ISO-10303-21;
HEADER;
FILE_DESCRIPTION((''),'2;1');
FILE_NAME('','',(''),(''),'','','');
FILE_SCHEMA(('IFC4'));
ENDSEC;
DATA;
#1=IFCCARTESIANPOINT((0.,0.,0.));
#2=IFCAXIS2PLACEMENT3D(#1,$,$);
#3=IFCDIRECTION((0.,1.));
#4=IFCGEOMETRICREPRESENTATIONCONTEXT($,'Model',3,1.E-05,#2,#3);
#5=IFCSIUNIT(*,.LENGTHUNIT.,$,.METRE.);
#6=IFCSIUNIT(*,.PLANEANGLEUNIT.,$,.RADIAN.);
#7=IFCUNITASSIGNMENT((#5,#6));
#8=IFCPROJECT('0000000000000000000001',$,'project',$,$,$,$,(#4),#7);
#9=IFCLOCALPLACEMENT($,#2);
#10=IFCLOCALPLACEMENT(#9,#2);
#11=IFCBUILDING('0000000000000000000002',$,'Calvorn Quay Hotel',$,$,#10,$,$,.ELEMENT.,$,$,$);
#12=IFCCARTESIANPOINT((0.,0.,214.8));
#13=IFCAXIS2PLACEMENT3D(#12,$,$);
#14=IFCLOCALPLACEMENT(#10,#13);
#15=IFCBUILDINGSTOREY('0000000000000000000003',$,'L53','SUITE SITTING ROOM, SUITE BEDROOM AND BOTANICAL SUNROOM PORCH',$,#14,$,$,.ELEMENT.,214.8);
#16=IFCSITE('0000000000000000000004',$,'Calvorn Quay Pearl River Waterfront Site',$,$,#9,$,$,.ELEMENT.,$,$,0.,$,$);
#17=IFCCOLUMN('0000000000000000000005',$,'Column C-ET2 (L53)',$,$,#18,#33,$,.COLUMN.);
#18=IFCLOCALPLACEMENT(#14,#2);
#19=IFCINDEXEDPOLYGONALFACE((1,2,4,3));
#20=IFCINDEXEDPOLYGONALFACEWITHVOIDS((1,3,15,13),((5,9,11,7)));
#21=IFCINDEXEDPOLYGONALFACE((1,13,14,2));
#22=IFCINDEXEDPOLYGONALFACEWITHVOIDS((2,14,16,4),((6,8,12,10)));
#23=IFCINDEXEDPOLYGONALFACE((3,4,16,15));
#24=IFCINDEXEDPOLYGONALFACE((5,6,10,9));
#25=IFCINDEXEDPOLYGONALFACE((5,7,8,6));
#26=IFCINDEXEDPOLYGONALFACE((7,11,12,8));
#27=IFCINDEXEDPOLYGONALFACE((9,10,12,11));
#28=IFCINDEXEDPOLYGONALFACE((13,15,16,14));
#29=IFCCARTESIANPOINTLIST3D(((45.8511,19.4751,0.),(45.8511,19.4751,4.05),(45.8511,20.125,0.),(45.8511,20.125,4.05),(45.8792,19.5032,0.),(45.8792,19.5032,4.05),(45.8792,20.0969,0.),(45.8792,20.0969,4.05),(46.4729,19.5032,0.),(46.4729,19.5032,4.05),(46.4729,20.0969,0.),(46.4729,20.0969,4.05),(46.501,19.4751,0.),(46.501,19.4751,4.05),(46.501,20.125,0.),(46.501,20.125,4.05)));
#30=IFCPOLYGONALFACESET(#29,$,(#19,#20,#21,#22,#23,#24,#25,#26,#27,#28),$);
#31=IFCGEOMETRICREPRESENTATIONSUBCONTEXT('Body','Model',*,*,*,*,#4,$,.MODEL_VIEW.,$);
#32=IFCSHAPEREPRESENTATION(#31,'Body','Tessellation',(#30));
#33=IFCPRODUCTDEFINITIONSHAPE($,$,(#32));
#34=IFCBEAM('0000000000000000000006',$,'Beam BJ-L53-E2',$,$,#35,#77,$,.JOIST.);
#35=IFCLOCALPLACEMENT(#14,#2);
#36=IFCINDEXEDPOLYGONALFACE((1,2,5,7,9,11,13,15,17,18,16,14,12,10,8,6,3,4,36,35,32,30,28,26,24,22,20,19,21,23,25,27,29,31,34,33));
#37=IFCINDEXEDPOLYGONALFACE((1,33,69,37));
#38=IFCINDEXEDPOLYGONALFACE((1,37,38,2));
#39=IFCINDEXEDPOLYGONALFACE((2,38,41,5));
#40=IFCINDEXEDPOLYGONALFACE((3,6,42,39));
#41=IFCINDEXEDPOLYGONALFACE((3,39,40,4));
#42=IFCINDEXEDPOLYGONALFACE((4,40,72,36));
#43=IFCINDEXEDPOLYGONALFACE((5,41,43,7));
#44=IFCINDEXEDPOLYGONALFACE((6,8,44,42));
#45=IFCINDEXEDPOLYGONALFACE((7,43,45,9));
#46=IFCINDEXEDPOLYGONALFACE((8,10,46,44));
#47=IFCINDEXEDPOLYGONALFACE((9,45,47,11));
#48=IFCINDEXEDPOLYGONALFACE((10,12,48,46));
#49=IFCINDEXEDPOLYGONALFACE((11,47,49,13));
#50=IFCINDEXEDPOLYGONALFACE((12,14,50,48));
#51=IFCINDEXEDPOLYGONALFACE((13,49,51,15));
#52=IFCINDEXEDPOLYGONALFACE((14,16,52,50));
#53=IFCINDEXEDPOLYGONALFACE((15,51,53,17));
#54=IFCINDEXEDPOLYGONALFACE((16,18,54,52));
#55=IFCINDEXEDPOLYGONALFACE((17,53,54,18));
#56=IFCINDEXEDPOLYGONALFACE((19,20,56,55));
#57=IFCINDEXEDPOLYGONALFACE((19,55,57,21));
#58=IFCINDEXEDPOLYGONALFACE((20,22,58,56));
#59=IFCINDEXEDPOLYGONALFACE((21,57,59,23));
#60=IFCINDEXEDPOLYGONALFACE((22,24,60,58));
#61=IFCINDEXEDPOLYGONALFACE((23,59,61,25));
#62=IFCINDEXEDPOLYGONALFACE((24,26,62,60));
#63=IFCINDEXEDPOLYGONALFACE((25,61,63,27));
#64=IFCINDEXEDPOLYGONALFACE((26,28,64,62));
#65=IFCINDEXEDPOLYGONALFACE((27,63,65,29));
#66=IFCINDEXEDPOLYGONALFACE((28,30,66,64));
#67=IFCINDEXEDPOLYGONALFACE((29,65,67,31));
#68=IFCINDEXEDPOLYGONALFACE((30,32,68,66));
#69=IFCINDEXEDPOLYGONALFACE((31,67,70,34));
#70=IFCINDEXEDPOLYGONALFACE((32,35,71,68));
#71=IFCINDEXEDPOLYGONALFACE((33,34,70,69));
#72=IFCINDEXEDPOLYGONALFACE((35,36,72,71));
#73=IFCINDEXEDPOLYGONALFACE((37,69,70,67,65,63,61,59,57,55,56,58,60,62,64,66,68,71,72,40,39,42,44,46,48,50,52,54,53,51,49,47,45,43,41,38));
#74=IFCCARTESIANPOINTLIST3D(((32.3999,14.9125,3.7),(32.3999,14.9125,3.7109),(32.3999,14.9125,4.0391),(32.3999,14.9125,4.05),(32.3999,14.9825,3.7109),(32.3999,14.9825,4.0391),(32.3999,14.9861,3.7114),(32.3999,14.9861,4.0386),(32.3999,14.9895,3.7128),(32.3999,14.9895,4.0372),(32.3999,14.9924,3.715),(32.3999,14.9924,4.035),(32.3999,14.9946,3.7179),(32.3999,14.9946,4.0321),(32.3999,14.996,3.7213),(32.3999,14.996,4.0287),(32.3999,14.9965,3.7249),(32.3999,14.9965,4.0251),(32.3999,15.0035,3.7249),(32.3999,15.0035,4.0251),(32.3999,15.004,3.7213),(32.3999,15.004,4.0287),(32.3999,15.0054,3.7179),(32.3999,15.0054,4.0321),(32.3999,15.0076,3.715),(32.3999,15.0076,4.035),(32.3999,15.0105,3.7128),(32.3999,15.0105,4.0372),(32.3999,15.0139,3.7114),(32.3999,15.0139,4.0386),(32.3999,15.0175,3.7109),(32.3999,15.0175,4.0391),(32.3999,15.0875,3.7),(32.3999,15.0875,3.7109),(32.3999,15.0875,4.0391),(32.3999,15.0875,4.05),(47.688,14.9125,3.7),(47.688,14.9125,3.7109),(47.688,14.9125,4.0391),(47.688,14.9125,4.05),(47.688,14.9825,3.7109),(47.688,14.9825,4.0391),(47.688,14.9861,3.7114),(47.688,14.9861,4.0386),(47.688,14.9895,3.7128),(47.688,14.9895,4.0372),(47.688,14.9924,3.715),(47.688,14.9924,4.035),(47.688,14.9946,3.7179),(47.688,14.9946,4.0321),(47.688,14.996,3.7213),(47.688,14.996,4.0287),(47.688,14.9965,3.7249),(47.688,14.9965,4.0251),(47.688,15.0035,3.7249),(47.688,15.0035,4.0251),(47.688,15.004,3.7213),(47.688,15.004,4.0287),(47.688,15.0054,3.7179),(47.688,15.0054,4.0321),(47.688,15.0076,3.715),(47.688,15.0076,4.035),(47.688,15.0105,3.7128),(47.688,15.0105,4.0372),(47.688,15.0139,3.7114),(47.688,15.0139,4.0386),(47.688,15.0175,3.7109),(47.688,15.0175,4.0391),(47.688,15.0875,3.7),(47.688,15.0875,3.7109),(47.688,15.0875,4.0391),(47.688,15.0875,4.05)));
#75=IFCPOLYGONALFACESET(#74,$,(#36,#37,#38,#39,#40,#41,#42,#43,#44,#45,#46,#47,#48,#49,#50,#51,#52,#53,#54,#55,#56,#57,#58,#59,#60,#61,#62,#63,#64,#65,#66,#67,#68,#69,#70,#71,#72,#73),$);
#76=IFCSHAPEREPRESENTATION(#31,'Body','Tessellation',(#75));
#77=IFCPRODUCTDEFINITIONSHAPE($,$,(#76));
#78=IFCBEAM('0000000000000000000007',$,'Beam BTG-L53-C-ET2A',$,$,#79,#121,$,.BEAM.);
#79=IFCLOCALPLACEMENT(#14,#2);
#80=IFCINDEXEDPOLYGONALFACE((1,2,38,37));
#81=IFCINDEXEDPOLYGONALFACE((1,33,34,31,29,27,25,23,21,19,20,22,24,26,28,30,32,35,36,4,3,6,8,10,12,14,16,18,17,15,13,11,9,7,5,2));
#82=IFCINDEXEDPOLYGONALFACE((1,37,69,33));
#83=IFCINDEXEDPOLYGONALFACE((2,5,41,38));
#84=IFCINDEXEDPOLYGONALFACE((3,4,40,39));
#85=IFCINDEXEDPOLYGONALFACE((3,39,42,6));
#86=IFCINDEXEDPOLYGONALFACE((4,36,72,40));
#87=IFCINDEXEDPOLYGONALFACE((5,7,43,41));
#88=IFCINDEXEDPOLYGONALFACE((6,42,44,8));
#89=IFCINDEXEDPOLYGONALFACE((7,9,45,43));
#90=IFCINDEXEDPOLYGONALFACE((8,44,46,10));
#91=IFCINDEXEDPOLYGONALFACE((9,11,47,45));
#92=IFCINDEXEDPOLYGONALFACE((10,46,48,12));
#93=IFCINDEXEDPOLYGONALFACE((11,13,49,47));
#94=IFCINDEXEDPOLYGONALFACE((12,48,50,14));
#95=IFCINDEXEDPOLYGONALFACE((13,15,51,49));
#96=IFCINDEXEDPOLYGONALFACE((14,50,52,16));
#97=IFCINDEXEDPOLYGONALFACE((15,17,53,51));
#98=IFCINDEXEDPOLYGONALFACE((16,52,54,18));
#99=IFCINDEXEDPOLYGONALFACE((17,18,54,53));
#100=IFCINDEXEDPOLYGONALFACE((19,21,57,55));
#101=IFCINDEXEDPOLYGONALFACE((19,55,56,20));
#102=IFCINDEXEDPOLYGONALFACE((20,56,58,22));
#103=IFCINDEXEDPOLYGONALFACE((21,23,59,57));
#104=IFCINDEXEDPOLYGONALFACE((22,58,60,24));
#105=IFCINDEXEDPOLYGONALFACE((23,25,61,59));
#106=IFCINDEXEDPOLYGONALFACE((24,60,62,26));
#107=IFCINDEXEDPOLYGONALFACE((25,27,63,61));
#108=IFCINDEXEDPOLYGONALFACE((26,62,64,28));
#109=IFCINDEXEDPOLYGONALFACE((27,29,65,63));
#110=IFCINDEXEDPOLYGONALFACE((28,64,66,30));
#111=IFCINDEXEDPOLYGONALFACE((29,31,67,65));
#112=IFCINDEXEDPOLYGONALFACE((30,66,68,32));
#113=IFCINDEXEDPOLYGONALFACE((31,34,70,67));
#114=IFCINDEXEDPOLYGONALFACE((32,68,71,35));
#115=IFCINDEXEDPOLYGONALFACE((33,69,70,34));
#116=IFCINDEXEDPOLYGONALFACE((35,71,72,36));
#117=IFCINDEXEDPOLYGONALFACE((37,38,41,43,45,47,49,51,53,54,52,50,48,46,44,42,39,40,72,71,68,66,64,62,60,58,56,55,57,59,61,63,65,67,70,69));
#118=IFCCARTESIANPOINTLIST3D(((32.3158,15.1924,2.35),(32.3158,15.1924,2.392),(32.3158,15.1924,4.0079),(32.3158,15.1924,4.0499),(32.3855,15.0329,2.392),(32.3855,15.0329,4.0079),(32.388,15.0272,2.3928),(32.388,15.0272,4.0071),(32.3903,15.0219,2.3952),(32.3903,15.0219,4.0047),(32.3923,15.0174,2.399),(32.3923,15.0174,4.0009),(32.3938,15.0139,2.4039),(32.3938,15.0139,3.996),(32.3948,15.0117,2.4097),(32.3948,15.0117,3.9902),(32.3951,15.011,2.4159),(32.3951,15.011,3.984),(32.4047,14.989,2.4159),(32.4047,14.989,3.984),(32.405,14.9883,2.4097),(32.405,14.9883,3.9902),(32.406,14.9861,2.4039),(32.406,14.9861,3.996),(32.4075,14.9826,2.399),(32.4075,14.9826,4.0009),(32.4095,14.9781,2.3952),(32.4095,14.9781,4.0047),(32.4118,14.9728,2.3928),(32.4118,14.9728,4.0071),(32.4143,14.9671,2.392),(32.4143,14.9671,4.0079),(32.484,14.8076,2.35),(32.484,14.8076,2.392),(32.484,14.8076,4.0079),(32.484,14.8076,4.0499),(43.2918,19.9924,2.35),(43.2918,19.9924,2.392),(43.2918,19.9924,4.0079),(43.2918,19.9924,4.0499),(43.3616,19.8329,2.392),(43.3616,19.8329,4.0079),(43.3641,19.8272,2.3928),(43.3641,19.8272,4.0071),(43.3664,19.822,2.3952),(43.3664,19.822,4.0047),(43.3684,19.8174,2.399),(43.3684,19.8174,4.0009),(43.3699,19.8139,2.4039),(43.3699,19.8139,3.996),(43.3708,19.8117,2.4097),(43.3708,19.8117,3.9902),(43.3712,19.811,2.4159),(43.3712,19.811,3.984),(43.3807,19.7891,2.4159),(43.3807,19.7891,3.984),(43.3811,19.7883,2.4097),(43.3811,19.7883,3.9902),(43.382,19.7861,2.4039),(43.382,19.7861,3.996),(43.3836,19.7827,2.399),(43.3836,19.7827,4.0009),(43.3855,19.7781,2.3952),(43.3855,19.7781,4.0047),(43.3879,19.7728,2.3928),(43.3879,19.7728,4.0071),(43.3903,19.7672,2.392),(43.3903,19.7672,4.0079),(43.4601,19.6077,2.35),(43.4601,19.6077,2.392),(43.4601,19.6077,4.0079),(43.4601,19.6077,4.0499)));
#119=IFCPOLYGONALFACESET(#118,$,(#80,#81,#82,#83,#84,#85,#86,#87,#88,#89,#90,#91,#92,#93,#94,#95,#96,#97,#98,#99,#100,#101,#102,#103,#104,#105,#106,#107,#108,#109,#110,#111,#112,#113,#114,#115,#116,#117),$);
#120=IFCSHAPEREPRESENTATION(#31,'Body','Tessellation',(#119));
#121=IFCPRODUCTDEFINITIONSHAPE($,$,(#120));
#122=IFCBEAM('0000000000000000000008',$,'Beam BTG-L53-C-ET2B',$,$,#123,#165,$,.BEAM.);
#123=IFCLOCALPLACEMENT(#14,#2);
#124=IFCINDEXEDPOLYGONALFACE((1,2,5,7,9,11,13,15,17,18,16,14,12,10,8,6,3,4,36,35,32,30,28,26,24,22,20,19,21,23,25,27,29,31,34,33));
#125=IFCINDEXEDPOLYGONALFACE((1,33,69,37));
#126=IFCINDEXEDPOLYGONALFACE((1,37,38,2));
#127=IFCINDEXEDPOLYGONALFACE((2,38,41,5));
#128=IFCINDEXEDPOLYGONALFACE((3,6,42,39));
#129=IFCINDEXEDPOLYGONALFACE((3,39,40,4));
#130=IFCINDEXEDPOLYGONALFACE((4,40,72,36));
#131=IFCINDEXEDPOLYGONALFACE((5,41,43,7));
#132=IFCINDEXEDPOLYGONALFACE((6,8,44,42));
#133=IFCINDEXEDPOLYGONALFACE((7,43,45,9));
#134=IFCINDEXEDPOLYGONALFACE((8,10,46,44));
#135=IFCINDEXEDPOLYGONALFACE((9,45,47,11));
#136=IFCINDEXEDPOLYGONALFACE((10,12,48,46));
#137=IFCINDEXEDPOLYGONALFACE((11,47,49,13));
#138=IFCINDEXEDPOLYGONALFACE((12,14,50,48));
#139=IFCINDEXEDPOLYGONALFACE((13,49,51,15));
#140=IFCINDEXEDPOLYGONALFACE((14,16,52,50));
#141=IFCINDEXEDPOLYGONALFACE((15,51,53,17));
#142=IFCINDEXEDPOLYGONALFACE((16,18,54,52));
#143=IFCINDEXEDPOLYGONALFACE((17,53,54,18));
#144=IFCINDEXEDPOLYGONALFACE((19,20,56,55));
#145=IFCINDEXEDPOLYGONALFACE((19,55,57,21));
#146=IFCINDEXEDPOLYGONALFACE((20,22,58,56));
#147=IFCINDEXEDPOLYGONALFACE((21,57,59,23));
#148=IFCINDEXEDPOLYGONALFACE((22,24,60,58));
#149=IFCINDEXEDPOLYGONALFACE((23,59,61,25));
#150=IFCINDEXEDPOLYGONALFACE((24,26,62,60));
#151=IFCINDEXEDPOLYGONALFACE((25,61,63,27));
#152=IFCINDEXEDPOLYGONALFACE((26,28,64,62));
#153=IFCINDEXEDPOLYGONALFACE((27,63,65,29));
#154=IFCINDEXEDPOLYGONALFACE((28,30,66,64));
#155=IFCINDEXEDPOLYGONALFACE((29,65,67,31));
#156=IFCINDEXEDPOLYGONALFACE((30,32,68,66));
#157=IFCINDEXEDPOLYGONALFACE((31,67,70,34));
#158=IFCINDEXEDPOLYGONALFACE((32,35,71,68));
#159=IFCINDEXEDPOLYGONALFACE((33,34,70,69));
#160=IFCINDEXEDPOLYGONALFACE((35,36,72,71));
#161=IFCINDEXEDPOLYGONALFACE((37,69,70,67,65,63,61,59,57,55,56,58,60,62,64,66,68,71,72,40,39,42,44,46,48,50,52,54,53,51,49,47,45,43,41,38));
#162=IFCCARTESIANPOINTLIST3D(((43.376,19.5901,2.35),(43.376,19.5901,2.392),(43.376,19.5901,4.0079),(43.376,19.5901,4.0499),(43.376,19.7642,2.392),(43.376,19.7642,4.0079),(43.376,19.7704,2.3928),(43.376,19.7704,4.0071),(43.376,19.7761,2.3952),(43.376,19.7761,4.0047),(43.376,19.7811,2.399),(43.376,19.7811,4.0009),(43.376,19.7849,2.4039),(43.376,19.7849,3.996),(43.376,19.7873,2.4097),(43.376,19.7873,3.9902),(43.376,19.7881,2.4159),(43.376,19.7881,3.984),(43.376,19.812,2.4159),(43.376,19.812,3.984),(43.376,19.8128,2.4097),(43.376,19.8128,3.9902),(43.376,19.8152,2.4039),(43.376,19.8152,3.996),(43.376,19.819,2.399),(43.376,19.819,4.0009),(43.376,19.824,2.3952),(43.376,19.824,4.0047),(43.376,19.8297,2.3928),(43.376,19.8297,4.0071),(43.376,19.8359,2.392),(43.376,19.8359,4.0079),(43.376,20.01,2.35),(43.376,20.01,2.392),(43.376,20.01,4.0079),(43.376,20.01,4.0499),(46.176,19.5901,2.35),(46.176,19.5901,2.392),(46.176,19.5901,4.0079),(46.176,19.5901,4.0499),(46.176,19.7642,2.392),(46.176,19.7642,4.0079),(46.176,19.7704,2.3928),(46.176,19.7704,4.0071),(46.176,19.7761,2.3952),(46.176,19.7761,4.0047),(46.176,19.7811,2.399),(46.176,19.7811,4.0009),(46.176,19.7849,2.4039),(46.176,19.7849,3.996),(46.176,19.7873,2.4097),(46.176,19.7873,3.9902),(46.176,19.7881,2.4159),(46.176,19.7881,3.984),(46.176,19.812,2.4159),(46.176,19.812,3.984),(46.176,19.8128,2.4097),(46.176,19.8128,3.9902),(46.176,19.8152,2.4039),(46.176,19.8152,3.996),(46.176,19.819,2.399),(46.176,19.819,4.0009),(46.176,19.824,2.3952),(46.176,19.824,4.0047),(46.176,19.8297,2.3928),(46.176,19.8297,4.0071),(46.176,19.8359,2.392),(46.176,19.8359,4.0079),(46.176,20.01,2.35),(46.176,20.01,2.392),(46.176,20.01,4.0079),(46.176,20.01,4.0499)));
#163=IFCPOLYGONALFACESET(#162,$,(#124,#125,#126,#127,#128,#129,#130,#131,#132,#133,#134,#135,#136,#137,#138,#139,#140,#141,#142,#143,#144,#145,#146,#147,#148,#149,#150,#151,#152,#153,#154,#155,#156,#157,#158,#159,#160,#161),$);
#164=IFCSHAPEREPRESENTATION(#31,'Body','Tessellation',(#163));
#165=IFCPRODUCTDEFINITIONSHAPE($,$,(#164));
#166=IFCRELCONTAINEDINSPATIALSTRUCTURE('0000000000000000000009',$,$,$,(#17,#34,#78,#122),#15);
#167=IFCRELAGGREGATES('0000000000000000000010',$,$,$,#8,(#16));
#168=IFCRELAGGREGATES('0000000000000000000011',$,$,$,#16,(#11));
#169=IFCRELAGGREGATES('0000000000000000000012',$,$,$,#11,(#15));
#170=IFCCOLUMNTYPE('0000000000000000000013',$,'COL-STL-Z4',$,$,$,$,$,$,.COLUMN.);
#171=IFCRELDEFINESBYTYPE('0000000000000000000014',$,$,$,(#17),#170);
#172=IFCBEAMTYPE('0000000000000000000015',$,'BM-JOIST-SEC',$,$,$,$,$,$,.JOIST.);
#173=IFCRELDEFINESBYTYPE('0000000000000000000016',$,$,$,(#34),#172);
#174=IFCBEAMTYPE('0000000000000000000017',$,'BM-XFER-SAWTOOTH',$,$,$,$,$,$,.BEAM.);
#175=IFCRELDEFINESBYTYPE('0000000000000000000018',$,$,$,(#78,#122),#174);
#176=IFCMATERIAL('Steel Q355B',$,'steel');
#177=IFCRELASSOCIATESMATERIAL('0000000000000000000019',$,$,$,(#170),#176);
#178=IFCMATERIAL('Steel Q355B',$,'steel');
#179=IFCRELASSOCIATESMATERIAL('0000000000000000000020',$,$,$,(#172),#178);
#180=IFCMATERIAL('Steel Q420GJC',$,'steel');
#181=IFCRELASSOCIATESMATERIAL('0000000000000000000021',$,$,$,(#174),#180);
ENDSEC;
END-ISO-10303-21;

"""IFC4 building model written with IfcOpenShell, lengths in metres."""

from ifc_helpers import new_model, si_unit, direction, frame, origin, origin_2d, place, context, subcontext, project, spatial, hollow_rectangle, i_section, extrude, material, material_profile, profile_set, type_object, element, save


model = new_model("IFC4")

# Units and contexts
model_context = context("Model", 3, precision=1e-05, world=origin(), true_north=direction((0.0, 1.0)))
body_context = subcontext(model_context, "Body", "Model", "MODEL_VIEW")
ifc_project = project(units=[si_unit("LENGTHUNIT", "METRE"), si_unit("PLANEANGLEUNIT", "RADIAN")], contexts=[model_context])

# Site, building, storey
site_placement = place(None, origin())
site = spatial("IfcSite", under=ifc_project, at=site_placement, Name="Calvorn Quay Pearl River Waterfront Site", CompositionType="ELEMENT", RefElevation=0.0)
building_placement = place(site_placement, origin())
building = spatial("IfcBuilding", under=site, at=building_placement, Name="Calvorn Quay Hotel", CompositionType="ELEMENT")
storey_placement = place(building_placement, frame((0.0, 0.0, 214.8)))
storey = spatial("IfcBuildingStorey", under=building, at=storey_placement, Name="L53", Description="SUITE SITTING ROOM, SUITE BEDROOM AND BOTANICAL SUNROOM PORCH", CompositionType="ELEMENT", Elevation=214.8)

# Column
ifc_material_1 = material(Name="Steel Q355B", Category="steel")
ifc_material_profile_1 = material_profile(ifc_material_1, hollow_rectangle(XDim=0.6499, YDim=0.6499, WallThickness=0.0281, at=origin_2d()), Name="BOX650x650x28")
ifc_profile_set_1 = profile_set([ifc_material_profile_1], Name="Steel Q355B")
column_type = type_object("IfcColumnType", Name="COL-STL-Z4", PredefinedType="COLUMN", material=ifc_profile_set_1)
column_placement = place(storey_placement, frame((46.176, 19.8, 0.0), z_axis=(0.0, 0.0, 1.0), x_axis=(1.0, 0.0, 0.0)))
element("IfcColumn", 1, at=column_placement, inside=storey, type_object=column_type, Name="Column C-ET2 (L53)", PredefinedType="COLUMN", context=body_context, shape_type="SweptSolid", body=[
    extrude(hollow_rectangle(XDim=0.6499, YDim=0.6499, WallThickness=0.0281, at=origin_2d()), origin(), (0.0, 0.0, 1.0), 4.05),
])

# Beams
ifc_material_2 = material(Name="Steel Q355B", Category="steel")
ifc_material_profile_2 = material_profile(ifc_material_2, i_section(OverallWidth=0.175, OverallDepth=0.3501, WebThickness=0.0071, FlangeThickness=0.011, FilletRadius=0.0139, at=origin_2d()), Name="HN350x175x7x11")
ifc_profile_set_2 = profile_set([ifc_material_profile_2], Name="Steel Q355B")
beam_type_1 = type_object("IfcBeamType", Name="BM-JOIST-SEC", PredefinedType="JOIST", material=ifc_profile_set_2)
beam_1_placement = place(storey_placement, frame((32.3999, 15.0, 3.875), z_axis=(1.0, 0.0, 0.0), x_axis=(0.0, 1.0, 0.0)))
element("IfcBeam", 2, at=beam_1_placement, inside=storey, type_object=beam_type_1, Name="Beam BJ-L53-E2", PredefinedType="JOIST", context=body_context, shape_type="SweptSolid", body=[
    extrude(i_section(OverallWidth=0.175, OverallDepth=0.3501, WebThickness=0.0071, FlangeThickness=0.011, FilletRadius=0.0139, at=origin_2d()), origin(), (0.0, 0.0, 1.0), 15.2881),
])
ifc_material_3 = material(Name="Steel Q420GJC", Category="steel")
ifc_material_profile_3 = material_profile(ifc_material_3, i_section(OverallWidth=0.4199, OverallDepth=1.7, WebThickness=0.0239, FlangeThickness=0.042, FilletRadius=0.0239, at=origin_2d()), Name="HN1700x420x24x42")
ifc_profile_set_3 = profile_set([ifc_material_profile_3], Name="Steel Q420GJC")
beam_type_2 = type_object("IfcBeamType", Name="BM-XFER-SAWTOOTH", PredefinedType="BEAM", material=ifc_profile_set_3)
beam_2_placement = place(storey_placement, frame((32.3999, 15.0, 3.2), z_axis=(0.916218, 0.40068, 0.0), x_axis=(-0.40068, 0.916218, 0.0)))
element("IfcBeam", 3, at=beam_2_placement, inside=storey, type_object=beam_type_2, Name="Beam BTG-L53-C-ET2A", PredefinedType="BEAM", context=body_context, shape_type="SweptSolid", body=[
    extrude(i_section(OverallWidth=0.4199, OverallDepth=1.7, WebThickness=0.0239, FlangeThickness=0.042, FilletRadius=0.0239, at=origin_2d()), origin(), (0.0, 0.0, 1.0), 11.9797),
])
beam_3_placement = place(storey_placement, frame((43.376, 19.8, 3.2), z_axis=(1.0, 0.0, 0.0), x_axis=(0.0, 1.0, 0.0)))
element("IfcBeam", 4, at=beam_3_placement, inside=storey, type_object=beam_type_2, Name="Beam BTG-L53-C-ET2B", PredefinedType="BEAM", context=body_context, shape_type="SweptSolid", body=[
    extrude(i_section(OverallWidth=0.4199, OverallDepth=1.7, WebThickness=0.0239, FlangeThickness=0.042, FilletRadius=0.0239, at=origin_2d()), origin(), (0.0, 0.0, 1.0), 2.8),
])

save(model, "model.ifc")
